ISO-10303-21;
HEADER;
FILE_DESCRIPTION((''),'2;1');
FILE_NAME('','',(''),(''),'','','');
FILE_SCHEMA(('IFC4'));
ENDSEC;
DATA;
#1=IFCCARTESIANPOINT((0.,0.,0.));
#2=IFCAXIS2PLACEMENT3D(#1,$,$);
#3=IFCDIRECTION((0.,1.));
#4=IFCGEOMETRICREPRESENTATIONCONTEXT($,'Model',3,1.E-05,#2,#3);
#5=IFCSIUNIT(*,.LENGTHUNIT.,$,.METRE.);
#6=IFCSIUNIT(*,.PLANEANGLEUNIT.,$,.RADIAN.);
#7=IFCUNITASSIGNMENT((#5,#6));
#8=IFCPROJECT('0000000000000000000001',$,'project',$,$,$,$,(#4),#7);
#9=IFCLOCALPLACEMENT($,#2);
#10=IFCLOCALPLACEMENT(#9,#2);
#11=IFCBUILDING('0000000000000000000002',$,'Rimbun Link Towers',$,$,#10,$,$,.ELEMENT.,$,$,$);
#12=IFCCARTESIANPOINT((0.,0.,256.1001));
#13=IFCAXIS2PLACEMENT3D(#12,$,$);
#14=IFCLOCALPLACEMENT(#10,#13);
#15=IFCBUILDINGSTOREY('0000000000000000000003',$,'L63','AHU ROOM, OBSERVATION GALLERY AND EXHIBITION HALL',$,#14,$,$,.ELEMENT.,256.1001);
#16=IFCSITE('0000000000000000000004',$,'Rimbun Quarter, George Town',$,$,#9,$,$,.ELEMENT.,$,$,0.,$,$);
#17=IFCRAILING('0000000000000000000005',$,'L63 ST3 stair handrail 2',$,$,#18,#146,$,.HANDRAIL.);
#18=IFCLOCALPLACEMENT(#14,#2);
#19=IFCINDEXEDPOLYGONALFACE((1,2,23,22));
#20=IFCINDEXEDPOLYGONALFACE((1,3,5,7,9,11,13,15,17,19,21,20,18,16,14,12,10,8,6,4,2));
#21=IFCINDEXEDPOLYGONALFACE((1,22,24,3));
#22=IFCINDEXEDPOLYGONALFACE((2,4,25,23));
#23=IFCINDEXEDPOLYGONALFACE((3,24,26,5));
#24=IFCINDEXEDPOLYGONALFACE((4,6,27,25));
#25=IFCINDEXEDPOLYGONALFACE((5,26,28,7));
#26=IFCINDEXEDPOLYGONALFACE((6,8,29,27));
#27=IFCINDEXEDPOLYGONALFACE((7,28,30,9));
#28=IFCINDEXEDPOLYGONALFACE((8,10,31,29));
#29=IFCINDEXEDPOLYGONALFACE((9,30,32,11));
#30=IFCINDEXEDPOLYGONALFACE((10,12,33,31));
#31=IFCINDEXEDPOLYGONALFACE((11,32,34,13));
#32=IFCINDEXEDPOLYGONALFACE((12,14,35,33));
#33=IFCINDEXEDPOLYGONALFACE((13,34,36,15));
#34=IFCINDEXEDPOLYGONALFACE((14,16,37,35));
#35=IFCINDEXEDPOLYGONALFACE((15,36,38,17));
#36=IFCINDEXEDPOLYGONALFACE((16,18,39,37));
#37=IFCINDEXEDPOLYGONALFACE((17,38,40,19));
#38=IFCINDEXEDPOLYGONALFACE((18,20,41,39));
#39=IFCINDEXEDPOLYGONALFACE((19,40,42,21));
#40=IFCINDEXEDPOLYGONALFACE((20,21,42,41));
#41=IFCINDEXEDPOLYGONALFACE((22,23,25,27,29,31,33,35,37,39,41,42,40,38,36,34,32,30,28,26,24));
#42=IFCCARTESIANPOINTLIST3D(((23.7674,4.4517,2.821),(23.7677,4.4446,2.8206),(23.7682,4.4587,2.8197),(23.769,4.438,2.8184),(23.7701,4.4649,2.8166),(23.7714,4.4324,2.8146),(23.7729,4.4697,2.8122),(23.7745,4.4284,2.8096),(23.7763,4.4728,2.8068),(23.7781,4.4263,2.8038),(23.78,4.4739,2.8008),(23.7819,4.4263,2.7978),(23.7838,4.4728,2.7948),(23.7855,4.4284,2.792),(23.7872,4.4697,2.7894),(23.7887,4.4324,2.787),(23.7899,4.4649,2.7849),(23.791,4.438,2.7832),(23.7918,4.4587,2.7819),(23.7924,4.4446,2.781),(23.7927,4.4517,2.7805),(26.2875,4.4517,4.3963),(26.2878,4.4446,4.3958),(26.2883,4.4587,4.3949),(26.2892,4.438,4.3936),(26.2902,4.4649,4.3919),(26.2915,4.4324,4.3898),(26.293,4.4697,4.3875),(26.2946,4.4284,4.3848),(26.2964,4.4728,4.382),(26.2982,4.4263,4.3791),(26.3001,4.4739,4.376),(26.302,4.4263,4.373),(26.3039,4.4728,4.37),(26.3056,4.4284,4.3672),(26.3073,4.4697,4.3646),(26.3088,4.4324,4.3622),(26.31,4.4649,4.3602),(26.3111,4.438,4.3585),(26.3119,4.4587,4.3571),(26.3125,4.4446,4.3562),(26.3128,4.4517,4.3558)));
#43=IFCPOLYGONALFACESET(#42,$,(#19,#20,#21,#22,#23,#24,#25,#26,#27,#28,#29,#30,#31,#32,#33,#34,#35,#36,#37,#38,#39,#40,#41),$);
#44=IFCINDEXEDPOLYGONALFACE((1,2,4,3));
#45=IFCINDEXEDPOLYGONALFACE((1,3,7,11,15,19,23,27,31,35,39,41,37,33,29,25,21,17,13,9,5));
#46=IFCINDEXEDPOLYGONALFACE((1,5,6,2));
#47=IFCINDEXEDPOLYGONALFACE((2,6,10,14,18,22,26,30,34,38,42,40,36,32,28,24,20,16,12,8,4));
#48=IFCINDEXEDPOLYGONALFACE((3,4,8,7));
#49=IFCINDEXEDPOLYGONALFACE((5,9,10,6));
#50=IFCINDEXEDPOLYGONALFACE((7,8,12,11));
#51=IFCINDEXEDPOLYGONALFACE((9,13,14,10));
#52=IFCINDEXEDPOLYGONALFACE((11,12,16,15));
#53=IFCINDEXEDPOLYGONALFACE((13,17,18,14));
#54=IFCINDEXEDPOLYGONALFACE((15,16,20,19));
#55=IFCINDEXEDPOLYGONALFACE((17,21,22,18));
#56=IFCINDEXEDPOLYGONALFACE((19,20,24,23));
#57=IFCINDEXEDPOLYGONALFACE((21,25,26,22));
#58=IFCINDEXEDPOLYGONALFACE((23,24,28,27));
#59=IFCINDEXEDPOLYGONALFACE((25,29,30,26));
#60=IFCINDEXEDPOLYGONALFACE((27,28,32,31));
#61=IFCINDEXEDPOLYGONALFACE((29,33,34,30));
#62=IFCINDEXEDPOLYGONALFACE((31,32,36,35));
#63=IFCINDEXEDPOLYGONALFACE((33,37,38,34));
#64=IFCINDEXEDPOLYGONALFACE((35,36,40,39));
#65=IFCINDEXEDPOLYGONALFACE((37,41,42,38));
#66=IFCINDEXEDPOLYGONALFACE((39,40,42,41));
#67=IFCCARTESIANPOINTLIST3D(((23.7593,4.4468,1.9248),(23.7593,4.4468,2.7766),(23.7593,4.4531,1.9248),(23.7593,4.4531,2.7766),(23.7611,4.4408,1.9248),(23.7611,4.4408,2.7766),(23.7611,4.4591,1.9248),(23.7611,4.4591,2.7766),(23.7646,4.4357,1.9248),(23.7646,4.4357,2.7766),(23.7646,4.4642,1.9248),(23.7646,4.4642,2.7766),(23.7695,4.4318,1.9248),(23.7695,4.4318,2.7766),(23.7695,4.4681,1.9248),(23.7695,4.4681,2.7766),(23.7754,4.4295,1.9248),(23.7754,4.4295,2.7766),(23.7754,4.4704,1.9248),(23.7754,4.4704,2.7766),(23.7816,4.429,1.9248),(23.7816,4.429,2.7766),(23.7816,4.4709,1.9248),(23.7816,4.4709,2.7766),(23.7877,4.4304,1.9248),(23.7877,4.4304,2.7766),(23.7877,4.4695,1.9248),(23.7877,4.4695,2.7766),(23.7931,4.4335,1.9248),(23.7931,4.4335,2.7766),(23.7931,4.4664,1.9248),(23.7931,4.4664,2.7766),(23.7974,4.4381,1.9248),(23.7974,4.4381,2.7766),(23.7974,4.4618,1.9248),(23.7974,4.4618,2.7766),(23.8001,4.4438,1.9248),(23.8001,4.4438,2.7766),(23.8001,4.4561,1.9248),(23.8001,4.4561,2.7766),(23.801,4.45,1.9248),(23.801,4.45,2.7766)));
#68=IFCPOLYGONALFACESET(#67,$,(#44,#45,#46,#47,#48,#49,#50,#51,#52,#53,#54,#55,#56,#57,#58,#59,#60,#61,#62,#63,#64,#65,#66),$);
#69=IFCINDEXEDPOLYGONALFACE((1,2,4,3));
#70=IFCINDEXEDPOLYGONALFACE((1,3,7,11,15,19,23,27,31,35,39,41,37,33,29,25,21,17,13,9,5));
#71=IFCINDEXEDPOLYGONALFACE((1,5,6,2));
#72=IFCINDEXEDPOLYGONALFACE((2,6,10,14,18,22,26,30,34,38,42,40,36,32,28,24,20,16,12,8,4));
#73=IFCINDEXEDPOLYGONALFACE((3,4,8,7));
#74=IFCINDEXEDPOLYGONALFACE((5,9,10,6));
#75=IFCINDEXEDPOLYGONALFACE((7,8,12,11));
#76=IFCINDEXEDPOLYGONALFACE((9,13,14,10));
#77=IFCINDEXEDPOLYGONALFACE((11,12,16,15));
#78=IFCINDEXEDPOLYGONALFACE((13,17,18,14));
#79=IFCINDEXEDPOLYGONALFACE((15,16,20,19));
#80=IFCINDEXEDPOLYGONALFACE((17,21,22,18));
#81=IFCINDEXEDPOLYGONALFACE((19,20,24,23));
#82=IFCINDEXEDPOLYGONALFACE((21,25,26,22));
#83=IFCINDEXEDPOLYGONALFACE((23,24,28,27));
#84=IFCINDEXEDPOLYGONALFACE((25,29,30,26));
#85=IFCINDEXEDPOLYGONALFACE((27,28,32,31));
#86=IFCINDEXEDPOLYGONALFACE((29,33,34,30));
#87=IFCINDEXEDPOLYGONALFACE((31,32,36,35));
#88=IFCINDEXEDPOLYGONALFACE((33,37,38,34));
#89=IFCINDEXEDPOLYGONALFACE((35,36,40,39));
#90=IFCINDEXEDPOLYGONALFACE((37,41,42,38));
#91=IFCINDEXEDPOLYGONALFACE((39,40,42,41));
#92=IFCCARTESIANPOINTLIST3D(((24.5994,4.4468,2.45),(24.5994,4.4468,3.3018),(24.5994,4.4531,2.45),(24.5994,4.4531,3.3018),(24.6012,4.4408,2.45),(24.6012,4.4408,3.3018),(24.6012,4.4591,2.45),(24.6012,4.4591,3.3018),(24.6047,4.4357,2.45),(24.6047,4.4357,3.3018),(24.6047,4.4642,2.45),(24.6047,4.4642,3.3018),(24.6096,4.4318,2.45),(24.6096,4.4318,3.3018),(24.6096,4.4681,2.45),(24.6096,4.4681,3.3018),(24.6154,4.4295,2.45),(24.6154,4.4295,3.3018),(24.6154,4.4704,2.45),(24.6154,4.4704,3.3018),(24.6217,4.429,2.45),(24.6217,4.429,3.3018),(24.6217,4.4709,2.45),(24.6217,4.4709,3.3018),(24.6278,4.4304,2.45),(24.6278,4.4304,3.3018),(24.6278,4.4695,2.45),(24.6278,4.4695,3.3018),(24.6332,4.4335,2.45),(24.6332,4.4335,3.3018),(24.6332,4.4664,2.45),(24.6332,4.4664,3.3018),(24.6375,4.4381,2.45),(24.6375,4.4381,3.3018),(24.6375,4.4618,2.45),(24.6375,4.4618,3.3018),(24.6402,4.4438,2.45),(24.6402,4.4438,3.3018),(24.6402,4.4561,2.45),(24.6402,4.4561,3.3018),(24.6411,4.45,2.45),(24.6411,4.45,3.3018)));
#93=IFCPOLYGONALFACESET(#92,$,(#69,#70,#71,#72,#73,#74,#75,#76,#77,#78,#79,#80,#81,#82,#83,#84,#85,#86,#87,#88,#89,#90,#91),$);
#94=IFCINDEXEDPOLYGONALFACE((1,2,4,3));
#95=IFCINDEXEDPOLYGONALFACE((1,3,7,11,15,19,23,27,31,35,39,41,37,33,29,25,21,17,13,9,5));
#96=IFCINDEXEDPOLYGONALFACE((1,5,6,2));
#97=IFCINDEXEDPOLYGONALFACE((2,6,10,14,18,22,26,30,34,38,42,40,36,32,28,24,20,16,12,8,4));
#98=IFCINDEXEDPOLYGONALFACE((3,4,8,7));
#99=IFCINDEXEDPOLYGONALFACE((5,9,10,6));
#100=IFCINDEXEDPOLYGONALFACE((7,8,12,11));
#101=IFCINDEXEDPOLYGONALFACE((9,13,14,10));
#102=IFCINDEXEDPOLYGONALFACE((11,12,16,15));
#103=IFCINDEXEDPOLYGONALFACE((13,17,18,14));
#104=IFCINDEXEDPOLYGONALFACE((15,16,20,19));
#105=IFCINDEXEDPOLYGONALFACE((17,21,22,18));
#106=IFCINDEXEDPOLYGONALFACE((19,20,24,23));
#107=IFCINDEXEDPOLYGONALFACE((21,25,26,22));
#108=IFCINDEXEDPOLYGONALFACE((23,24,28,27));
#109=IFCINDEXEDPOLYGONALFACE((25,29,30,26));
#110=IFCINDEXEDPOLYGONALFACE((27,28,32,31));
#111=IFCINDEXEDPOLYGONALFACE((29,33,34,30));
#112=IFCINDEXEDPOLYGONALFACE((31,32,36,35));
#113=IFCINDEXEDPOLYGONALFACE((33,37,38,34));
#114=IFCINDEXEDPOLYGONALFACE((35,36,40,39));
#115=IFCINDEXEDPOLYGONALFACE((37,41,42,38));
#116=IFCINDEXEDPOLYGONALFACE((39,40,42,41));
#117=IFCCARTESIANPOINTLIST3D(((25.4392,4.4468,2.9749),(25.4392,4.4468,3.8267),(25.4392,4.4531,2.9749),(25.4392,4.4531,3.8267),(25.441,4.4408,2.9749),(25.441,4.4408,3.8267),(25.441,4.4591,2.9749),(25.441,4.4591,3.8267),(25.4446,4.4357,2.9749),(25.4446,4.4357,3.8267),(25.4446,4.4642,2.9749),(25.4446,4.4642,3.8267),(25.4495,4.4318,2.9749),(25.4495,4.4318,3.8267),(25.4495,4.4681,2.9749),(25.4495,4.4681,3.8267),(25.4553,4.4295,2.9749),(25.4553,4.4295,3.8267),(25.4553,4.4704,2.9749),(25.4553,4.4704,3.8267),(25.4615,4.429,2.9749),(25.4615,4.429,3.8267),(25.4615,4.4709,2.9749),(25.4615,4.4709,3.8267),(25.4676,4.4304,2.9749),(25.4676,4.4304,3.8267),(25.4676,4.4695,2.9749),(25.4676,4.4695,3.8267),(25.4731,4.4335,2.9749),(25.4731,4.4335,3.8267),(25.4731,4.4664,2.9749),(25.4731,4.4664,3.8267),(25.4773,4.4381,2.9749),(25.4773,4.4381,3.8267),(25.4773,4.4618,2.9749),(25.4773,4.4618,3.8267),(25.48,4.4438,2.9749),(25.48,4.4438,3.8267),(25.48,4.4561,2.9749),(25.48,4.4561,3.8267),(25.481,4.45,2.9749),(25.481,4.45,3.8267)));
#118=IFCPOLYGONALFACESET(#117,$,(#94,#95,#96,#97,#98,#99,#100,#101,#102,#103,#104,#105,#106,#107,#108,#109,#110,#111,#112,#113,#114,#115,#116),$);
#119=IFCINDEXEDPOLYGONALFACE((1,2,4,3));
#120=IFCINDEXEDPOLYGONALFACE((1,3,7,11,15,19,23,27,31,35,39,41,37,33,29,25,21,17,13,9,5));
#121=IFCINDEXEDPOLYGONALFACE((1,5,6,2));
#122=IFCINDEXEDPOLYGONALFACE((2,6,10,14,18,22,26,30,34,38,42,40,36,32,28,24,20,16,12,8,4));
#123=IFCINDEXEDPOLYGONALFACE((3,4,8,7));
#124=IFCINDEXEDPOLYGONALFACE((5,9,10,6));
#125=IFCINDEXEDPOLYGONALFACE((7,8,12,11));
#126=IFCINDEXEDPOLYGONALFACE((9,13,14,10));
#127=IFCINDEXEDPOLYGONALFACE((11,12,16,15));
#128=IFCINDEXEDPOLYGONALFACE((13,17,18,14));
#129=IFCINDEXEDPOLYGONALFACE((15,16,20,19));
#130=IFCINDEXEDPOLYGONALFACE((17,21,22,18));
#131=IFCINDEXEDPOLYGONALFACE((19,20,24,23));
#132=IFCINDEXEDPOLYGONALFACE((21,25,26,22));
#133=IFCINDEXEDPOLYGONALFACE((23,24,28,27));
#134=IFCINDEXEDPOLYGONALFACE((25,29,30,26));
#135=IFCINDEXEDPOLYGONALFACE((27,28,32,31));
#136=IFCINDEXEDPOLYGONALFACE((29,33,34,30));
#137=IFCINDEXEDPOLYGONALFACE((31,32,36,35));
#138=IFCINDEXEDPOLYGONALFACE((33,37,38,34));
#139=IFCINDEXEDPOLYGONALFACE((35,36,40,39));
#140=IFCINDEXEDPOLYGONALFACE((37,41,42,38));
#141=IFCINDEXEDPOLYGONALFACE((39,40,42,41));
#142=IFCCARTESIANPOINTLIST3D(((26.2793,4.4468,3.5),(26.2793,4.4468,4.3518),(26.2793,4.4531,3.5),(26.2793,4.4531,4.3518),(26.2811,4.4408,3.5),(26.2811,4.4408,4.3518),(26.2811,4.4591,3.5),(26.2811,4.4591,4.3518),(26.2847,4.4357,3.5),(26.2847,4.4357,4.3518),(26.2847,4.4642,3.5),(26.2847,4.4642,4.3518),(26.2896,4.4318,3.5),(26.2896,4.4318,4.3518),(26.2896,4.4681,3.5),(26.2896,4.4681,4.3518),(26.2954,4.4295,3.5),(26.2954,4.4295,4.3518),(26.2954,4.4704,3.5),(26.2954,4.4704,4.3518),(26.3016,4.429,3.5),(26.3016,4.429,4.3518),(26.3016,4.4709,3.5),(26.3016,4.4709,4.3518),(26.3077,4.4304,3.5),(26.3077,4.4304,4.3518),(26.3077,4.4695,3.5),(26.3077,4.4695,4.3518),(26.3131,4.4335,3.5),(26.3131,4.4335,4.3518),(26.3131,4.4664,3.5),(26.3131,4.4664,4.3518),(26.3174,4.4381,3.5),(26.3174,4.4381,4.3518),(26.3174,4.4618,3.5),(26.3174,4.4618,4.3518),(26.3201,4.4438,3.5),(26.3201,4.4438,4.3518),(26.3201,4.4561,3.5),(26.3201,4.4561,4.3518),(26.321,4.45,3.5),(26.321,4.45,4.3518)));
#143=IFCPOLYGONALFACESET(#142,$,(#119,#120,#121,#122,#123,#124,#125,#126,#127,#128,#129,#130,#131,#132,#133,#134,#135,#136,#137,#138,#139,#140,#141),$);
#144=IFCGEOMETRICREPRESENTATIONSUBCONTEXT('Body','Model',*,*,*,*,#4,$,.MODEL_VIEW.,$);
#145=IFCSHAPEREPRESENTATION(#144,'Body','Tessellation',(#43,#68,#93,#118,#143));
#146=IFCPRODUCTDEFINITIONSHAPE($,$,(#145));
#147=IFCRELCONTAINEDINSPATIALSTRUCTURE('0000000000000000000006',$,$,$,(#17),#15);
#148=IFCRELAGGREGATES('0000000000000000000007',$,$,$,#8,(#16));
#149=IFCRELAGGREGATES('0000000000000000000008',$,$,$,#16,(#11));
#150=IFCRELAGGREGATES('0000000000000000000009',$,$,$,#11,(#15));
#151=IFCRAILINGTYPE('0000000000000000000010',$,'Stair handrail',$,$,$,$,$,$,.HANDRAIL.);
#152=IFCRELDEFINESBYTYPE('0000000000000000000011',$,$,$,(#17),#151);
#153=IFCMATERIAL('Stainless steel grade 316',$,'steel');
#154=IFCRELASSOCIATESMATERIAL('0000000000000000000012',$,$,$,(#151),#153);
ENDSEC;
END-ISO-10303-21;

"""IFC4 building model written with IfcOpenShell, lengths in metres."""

from ifc_helpers import new_model, si_unit, direction, frame, origin, origin_2d, place, context, subcontext, project, spatial, circle, extrude, material, type_object, element, save


model = new_model("IFC4")

# Units and contexts
model_context = context("Model", 3, precision=1e-05, world=origin(), true_north=direction((0.0, 1.0)))
body_context = subcontext(model_context, "Body", "Model", "MODEL_VIEW")
ifc_project = project(units=[si_unit("LENGTHUNIT", "METRE"), si_unit("PLANEANGLEUNIT", "RADIAN")], contexts=[model_context])

# Site, building, storey
site_placement = place(None, origin())
site = spatial("IfcSite", under=ifc_project, at=site_placement, Name="Rimbun Quarter, George Town", CompositionType="ELEMENT", RefElevation=0.0)
building_placement = place(site_placement, origin())
building = spatial("IfcBuilding", under=site, at=building_placement, Name="Rimbun Link Towers", CompositionType="ELEMENT")
storey_placement = place(building_placement, frame((0.0, 0.0, 256.1001)))
storey = spatial("IfcBuildingStorey", under=building, at=storey_placement, Name="L63", Description="AHU ROOM, OBSERVATION GALLERY AND EXHIBITION HALL", CompositionType="ELEMENT", Elevation=256.1001)

# Railing
ifc_material_1 = material(Name="Stainless steel grade 316", Category="steel")
railing_type_1 = type_object("IfcRailingType", Name="Stair handrail", PredefinedType="HANDRAIL", material=ifc_material_1)
railing_1_placement = place(storey_placement, frame((23.78, 4.45, 1.9248)))
element("IfcRailing", 1, at=railing_1_placement, inside=storey, type_object=railing_type_1, Name="L63 ST3 stair handrail 2", PredefinedType="HANDRAIL", context=body_context, shape_type="SweptSolid", body=[
    extrude(circle(Radius=0.0239, at=origin_2d()), frame((0.0, 0.0, 0.876), z_axis=(0.847971, 0.0, 0.530043), x_axis=(0.0, 1.0, 0.0)), (0.0, 0.0, 1.0), 2.9719),
    extrude(circle(Radius=0.021, at=origin_2d()), origin(), (0.0, 0.0, 1.0), 0.8518),
    extrude(circle(Radius=0.021, at=origin_2d()), frame((0.8401, 0.0, 0.5251)), (0.0, 0.0, 1.0), 0.8518),
    extrude(circle(Radius=0.021, at=origin_2d()), frame((1.6799, 0.0, 1.05)), (0.0, 0.0, 1.0), 0.8518),
    extrude(circle(Radius=0.021, at=origin_2d()), frame((2.52, 0.0, 1.5752)), (0.0, 0.0, 1.0), 0.8518),
])

save(model, "model.ifc")
